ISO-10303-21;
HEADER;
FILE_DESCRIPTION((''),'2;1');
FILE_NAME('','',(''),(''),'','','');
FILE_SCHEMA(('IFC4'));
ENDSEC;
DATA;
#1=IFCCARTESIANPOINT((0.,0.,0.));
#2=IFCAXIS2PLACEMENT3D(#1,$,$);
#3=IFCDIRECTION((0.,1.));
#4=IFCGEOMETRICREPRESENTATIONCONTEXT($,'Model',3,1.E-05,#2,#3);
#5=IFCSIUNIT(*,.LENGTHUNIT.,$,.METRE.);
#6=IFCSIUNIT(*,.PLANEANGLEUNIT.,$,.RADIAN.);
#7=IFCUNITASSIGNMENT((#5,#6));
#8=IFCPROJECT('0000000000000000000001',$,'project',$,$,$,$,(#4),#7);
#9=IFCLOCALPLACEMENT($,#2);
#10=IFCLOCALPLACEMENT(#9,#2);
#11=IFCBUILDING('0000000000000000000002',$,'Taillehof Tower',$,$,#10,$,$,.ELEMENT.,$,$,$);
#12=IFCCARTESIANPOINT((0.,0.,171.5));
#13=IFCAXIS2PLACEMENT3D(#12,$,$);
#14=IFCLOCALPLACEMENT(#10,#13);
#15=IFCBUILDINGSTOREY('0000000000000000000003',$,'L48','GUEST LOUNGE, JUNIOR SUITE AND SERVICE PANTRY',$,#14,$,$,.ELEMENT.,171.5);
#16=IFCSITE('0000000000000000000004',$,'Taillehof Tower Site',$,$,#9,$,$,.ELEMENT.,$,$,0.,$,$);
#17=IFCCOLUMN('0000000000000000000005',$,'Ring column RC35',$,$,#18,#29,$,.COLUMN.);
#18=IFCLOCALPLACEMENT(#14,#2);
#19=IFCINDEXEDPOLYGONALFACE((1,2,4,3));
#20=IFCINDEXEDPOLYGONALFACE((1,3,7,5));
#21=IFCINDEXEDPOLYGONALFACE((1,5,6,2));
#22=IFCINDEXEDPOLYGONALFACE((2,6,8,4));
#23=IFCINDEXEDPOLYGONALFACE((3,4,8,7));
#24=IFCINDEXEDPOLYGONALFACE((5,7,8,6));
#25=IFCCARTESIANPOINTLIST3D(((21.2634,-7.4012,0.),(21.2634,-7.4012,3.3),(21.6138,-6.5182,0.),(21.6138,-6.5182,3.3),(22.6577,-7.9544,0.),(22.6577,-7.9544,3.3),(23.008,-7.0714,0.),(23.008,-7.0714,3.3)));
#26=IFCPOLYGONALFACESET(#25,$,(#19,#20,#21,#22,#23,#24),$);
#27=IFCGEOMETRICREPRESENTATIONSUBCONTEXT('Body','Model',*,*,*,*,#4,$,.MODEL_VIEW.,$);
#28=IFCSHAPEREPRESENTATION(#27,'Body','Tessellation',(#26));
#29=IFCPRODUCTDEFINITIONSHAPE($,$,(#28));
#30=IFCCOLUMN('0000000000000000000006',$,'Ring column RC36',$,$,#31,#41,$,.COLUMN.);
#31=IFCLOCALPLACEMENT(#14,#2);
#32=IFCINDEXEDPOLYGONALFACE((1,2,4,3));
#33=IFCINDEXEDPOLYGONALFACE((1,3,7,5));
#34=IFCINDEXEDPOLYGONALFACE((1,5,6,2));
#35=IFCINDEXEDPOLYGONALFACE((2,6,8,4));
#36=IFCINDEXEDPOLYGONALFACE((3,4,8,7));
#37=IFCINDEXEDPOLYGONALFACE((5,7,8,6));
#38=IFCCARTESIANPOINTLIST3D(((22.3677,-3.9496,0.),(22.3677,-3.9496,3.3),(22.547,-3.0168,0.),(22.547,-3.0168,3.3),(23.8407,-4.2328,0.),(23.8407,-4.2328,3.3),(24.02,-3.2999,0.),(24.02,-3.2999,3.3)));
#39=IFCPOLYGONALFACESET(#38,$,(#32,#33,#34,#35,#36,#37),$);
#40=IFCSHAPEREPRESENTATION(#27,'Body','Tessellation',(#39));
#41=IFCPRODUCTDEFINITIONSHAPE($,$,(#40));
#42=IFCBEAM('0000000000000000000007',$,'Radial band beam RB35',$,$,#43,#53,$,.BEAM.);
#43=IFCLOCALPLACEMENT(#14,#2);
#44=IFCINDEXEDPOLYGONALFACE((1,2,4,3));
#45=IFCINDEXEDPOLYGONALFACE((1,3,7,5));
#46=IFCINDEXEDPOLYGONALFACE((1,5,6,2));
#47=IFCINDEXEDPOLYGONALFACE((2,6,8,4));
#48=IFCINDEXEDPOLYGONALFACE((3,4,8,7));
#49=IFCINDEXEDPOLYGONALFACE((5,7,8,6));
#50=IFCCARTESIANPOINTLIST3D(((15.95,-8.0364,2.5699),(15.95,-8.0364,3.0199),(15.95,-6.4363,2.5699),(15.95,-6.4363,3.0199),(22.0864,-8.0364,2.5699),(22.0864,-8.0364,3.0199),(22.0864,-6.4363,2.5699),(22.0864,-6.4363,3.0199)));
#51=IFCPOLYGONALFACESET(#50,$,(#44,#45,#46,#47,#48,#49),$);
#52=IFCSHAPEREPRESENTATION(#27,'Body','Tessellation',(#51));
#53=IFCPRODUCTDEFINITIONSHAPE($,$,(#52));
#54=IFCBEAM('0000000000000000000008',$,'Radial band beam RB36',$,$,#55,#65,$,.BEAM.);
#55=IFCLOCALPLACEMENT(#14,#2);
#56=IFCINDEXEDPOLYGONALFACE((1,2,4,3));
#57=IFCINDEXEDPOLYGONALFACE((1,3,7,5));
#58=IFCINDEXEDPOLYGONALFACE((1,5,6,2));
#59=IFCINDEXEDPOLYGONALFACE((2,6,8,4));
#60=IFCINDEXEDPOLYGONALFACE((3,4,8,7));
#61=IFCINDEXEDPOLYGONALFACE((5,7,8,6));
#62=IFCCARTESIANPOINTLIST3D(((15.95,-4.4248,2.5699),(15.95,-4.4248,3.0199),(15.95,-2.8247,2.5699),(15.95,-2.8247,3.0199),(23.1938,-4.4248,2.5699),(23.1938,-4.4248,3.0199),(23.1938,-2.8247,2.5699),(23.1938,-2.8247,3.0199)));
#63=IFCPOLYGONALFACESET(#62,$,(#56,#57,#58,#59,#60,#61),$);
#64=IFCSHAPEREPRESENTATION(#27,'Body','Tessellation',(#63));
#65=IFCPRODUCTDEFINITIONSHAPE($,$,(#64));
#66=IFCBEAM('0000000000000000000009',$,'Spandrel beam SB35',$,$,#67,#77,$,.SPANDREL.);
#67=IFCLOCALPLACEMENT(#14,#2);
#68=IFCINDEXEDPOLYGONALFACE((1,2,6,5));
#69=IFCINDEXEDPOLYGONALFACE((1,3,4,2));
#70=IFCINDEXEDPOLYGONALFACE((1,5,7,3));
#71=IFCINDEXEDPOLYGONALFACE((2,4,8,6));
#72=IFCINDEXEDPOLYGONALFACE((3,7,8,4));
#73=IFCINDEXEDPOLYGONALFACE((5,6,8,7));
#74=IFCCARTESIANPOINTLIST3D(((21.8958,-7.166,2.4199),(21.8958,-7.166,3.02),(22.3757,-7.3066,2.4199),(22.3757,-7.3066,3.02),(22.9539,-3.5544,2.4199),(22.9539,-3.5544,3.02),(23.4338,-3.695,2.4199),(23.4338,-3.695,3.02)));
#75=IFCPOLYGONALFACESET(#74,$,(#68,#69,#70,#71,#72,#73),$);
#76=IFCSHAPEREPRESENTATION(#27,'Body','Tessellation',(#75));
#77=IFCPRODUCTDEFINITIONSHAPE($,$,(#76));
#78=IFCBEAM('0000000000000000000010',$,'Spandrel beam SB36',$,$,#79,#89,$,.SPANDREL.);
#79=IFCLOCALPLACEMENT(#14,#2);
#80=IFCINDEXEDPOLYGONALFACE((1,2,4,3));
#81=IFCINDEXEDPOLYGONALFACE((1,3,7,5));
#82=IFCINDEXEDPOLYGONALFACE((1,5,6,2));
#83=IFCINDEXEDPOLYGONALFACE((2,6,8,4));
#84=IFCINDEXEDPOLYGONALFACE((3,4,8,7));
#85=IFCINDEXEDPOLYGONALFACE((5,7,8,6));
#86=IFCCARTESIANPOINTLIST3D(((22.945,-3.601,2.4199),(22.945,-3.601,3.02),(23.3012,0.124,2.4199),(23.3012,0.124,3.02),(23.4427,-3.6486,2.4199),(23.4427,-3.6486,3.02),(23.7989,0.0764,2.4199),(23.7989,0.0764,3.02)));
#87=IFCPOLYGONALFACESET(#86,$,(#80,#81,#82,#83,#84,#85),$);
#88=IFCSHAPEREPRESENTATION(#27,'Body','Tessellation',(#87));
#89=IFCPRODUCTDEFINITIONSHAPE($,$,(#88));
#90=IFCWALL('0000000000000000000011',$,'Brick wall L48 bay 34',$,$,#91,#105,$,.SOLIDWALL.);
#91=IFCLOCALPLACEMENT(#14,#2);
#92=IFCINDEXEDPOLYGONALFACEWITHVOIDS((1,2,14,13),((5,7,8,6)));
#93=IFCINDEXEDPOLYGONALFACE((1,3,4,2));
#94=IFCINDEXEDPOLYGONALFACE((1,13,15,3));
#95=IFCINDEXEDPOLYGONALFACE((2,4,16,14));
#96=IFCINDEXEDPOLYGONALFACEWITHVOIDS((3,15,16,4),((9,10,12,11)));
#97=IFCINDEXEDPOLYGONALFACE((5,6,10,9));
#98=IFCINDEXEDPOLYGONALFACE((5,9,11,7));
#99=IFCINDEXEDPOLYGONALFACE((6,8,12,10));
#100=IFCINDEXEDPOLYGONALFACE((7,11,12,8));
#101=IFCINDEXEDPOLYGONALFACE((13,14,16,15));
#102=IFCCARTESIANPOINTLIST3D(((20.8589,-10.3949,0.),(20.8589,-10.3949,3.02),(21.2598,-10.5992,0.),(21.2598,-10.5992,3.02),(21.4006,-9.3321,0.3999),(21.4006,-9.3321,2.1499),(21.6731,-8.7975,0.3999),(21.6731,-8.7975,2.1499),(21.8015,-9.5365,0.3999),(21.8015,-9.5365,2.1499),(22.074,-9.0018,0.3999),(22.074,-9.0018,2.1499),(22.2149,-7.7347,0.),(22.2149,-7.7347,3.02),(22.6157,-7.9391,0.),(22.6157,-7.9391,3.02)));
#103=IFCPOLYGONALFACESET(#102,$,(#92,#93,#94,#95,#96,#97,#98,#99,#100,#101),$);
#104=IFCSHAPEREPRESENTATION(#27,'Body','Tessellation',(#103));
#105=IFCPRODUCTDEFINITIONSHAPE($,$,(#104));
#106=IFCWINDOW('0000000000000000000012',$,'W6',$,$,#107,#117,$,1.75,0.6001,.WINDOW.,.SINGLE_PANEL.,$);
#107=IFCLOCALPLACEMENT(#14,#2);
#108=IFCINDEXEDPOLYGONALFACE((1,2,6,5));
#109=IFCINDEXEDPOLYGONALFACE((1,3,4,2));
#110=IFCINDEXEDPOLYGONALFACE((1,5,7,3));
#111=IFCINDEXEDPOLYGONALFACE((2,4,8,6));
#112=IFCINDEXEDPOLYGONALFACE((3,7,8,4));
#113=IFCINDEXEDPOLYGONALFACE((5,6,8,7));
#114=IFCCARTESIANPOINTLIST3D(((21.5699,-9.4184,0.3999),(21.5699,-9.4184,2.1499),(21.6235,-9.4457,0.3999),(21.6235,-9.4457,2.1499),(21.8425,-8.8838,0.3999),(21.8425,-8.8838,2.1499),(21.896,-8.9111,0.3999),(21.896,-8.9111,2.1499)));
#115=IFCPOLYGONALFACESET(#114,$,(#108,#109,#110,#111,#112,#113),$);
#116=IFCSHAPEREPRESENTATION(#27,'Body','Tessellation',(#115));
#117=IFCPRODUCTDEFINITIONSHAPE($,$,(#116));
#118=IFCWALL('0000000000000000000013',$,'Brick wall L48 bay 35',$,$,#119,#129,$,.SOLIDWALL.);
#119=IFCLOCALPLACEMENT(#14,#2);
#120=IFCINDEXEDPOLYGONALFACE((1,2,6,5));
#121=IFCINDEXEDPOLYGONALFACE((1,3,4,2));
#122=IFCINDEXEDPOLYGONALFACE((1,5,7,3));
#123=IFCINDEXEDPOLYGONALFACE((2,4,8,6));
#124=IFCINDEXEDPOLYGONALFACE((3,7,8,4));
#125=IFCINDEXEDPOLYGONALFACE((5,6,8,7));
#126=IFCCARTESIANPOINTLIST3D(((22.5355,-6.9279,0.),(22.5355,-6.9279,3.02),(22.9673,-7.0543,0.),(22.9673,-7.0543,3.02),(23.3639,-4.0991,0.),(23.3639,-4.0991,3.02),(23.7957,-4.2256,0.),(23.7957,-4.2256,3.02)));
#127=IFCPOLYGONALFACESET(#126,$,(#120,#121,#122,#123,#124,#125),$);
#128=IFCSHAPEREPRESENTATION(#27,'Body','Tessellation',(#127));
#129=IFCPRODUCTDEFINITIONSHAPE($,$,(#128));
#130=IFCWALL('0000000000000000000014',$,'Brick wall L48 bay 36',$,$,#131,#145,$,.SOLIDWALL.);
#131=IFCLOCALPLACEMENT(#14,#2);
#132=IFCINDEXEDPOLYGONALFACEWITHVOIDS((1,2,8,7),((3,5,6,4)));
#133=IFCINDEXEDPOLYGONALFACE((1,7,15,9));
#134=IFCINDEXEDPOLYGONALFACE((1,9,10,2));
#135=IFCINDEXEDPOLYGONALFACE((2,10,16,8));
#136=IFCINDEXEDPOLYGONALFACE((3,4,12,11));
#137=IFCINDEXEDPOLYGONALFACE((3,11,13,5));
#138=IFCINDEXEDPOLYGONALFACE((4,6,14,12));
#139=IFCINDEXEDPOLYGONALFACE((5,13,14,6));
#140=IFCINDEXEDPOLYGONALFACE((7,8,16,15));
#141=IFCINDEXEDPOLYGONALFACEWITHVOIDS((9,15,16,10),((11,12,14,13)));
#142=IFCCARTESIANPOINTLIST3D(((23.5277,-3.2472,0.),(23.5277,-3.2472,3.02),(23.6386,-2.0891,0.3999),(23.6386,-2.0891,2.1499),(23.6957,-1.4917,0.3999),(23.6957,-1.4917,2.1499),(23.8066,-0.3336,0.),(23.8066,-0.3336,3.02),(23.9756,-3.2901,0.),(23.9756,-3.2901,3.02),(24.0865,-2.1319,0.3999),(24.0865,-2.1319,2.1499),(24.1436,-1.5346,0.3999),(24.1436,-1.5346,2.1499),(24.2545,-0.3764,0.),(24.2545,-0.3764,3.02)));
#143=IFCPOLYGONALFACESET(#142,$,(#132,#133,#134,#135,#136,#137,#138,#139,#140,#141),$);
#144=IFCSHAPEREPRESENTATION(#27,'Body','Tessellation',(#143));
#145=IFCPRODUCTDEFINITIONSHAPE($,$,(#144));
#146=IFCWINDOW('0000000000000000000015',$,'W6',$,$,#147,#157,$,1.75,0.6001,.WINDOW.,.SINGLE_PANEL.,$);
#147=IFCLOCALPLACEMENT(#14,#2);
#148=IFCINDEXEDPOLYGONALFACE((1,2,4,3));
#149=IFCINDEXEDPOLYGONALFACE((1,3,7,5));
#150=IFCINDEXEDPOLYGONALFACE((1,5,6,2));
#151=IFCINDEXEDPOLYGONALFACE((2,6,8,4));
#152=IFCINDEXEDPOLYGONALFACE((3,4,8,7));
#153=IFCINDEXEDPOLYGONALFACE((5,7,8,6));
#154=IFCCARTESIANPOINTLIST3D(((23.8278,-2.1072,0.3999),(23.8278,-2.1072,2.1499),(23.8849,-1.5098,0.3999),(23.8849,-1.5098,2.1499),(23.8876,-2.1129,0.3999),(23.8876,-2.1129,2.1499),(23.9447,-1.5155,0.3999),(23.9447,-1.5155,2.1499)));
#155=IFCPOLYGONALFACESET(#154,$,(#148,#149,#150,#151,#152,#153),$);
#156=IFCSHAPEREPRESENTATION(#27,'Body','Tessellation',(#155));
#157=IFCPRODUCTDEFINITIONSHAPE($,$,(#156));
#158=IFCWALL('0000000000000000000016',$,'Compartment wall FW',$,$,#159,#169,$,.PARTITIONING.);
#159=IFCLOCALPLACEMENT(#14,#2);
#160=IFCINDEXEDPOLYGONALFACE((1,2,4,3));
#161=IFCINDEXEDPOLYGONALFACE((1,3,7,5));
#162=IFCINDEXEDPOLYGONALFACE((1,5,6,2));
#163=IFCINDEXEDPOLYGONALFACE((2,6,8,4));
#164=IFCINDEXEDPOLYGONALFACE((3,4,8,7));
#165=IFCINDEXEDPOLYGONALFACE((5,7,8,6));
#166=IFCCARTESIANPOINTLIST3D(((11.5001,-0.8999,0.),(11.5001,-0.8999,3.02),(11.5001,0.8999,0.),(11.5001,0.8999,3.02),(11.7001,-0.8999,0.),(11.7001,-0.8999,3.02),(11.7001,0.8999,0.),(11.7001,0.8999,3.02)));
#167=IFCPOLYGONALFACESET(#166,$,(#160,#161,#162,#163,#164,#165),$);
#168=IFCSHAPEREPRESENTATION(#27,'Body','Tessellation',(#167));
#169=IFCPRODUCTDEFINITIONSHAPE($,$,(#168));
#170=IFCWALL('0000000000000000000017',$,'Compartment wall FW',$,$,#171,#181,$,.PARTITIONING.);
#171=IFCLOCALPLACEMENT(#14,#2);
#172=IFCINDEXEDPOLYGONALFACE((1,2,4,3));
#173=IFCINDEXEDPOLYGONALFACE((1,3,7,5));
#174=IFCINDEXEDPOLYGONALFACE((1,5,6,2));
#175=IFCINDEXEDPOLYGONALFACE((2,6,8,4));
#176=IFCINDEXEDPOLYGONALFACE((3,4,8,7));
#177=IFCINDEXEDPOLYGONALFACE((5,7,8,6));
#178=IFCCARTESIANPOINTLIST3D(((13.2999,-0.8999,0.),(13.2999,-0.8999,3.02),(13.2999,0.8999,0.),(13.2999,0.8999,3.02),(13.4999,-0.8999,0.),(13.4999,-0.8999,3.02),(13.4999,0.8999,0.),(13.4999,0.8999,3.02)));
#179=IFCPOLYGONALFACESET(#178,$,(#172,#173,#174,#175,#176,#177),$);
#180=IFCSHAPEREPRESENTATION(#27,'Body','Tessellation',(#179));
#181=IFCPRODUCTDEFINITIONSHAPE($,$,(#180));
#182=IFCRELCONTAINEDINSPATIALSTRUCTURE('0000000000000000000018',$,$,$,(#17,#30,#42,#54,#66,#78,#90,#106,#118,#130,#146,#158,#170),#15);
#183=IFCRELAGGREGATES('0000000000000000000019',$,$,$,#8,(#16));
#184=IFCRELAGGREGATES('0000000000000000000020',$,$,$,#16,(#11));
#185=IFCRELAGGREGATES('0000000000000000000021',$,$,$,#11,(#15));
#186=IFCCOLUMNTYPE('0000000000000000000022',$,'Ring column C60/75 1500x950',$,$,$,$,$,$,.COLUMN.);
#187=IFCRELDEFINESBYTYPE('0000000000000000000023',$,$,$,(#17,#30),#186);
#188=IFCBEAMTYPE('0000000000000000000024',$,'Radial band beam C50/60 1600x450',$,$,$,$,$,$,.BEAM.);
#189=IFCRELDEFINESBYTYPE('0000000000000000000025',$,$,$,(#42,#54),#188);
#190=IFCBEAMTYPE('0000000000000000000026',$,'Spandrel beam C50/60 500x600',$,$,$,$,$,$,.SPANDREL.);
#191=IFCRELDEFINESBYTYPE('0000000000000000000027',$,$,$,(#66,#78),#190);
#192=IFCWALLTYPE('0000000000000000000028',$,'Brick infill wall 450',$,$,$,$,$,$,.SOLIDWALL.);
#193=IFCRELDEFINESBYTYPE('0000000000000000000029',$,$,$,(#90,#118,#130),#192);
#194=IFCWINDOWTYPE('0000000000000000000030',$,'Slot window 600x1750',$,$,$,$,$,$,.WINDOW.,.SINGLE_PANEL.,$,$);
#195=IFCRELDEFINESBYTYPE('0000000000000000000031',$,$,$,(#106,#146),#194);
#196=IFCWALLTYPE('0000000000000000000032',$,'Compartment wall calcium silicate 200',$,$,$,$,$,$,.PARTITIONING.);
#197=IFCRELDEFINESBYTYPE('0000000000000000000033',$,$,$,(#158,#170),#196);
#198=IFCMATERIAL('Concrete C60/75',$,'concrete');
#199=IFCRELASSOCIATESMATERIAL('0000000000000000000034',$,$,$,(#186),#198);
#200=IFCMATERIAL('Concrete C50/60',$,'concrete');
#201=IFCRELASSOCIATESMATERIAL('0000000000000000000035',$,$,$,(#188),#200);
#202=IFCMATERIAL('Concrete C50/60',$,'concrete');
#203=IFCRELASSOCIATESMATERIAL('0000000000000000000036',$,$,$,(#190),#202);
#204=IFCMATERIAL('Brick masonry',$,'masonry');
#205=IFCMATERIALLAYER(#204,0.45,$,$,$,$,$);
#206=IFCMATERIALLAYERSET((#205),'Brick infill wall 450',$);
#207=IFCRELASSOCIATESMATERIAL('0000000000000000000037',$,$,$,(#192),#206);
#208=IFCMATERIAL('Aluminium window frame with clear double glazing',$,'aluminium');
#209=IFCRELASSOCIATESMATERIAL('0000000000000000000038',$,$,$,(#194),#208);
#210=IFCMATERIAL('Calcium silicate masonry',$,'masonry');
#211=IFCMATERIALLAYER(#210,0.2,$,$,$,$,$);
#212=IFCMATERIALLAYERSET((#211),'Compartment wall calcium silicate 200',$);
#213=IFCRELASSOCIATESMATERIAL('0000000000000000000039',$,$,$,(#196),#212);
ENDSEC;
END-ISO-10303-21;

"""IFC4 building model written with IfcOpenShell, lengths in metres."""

from ifc_helpers import new_model, si_unit, direction, frame, frame_2d, origin, origin_2d, place, context, subcontext, project, spatial, rectangle, extrude, material, layer, layer_set, material_profile, profile_set, type_object, element, fill, save


model = new_model("IFC4")

# Units and contexts
model_context = context("Model", 3, precision=1e-05, world=origin(), true_north=direction((0.0, 1.0)))
body_context = subcontext(model_context, "Body", "Model", "MODEL_VIEW")
ifc_project = project(units=[si_unit("LENGTHUNIT", "METRE"), si_unit("PLANEANGLEUNIT", "RADIAN")], contexts=[model_context])

# Site, building, storey
site_placement = place(None, origin())
site = spatial("IfcSite", under=ifc_project, at=site_placement, Name="Taillehof Tower Site", CompositionType="ELEMENT", RefElevation=0.0)
building_placement = place(site_placement, origin())
building = spatial("IfcBuilding", under=site, at=building_placement, Name="Taillehof Tower", CompositionType="ELEMENT")
storey_placement = place(building_placement, frame((0.0, 0.0, 171.5)))
storey = spatial("IfcBuildingStorey", under=building, at=storey_placement, Name="L48", Description="GUEST LOUNGE, JUNIOR SUITE AND SERVICE PANTRY", CompositionType="ELEMENT", Elevation=171.5)

# Columns
ifc_material_1 = material(Name="Concrete C60/75", Category="concrete")
ifc_material_profile_1 = material_profile(ifc_material_1, rectangle(XDim=1.5, YDim=0.95, at=origin_2d()), Name="RC 1500x950")
ifc_profile_set_1 = profile_set([ifc_material_profile_1], Name="Concrete C60/75")
column_type = type_object("IfcColumnType", Name="Ring column C60/75 1500x950", PredefinedType="COLUMN", material=ifc_profile_set_1)
for number, where, z_axis, x_axis, name in (
    (1, (22.1357, -7.2363, 0.0), (0.0, 0.0, 1.0), (0.929511, -0.368793, 0.0), "Ring column RC35"),
    (2, (23.1938, -3.6248, 0.0), (0.0, 0.0, 1.0), (0.982024, -0.188757, 0.0), "Ring column RC36"),
):
    element("IfcColumn", number, at=place(storey_placement, frame(where, z_axis=z_axis, x_axis=x_axis)), inside=storey, type_object=column_type, Name=name, PredefinedType="COLUMN", context=body_context, shape_type="SweptSolid", body=[
        extrude(rectangle(XDim=1.5, YDim=0.95, at=origin_2d()), origin(), (0.0, 0.0, 1.0), 3.3),
    ])

# Beams
ifc_material_2 = material(Name="Concrete C50/60", Category="concrete")
ifc_material_profile_2 = material_profile(ifc_material_2, rectangle(XDim=1.6001, YDim=0.45, at=origin_2d()), Name="RC 1600x450")
ifc_profile_set_2 = profile_set([ifc_material_profile_2], Name="Concrete C50/60")
beam_type_1 = type_object("IfcBeamType", Name="Radial band beam C50/60 1600x450", PredefinedType="BEAM", material=ifc_profile_set_2)
beam_1_placement = place(storey_placement, frame((22.0864, -7.2363, 2.7949), z_axis=(-1.0, 0.0, 0.0), x_axis=(0.0, -1.0, 0.0)))
element("IfcBeam", 3, at=beam_1_placement, inside=storey, type_object=beam_type_1, Name="Radial band beam RB35", PredefinedType="BEAM", context=body_context, shape_type="SweptSolid", body=[
    extrude(rectangle(XDim=1.6001, YDim=0.45, at=origin_2d()), origin(), (0.0, 0.0, 1.0), 6.1365),
])
beam_2_placement = place(storey_placement, frame((23.1938, -3.6248, 2.7949), z_axis=(-1.0, 0.0, 0.0), x_axis=(0.0, -1.0, 0.0)))
element("IfcBeam", 4, at=beam_2_placement, inside=storey, type_object=beam_type_1, Name="Radial band beam RB36", PredefinedType="BEAM", context=body_context, shape_type="SweptSolid", body=[
    extrude(rectangle(XDim=1.6001, YDim=0.45, at=origin_2d()), origin(), (0.0, 0.0, 1.0), 7.2439),
])
ifc_material_3 = material(Name="Concrete C50/60", Category="concrete")
ifc_material_profile_3 = material_profile(ifc_material_3, rectangle(XDim=0.5, YDim=0.6001, at=origin_2d()), Name="RC 500x600")
ifc_profile_set_3 = profile_set([ifc_material_profile_3], Name="Concrete C50/60")
beam_type_2 = type_object("IfcBeamType", Name="Spandrel beam C50/60 500x600", PredefinedType="SPANDREL", material=ifc_profile_set_3)
beam_3_placement = place(storey_placement, frame((22.1357, -7.2363, 2.72), z_axis=(0.281158, 0.959661, 0.0), x_axis=(-0.959661, 0.281158, 0.0)))
element("IfcBeam", 5, at=beam_3_placement, inside=storey, type_object=beam_type_2, Name="Spandrel beam SB35", PredefinedType="SPANDREL", context=body_context, shape_type="SweptSolid", body=[
    extrude(rectangle(XDim=0.5, YDim=0.6001, at=origin_2d()), origin(), (0.0, 0.0, 1.0), 3.7634),
])
beam_4_placement = place(storey_placement, frame((23.1938, -3.6248, 2.72), z_axis=(0.095194, 0.995459, 0.0), x_axis=(-0.995459, 0.095194, 0.0)))
element("IfcBeam", 6, at=beam_4_placement, inside=storey, type_object=beam_type_2, Name="Spandrel beam SB36", PredefinedType="SPANDREL", context=body_context, shape_type="SweptSolid", body=[
    extrude(rectangle(XDim=0.5, YDim=0.6001, at=origin_2d()), origin(), (0.0, 0.0, 1.0), 3.7419),
])

# Wall, opening, window
ifc_material_4 = material(Name="Brick masonry", Category="masonry")
ifc_layer_1 = layer(ifc_material_4, 0.45)
ifc_layer_set_1 = layer_set([ifc_layer_1], Name="Brick infill wall 450")
wall_type_1 = type_object("IfcWallType", Name="Brick infill wall 450", PredefinedType="SOLIDWALL", material=ifc_layer_set_1)
wall_1_placement = place(storey_placement, frame((21.0593, -10.4971, 0.0), z_axis=(0.0, 0.0, 1.0), x_axis=(0.454134, 0.890933, 0.0)))
wall_1 = element("IfcWall", 7, at=wall_1_placement, inside=storey, type_object=wall_type_1, Name="Brick wall L48 bay 34", PredefinedType="SOLIDWALL", context=body_context, shape_type="SweptSolid", body=[
    extrude(rectangle(XDim=2.9858, YDim=0.45, at=frame_2d((1.4929, 0.0))), origin(), (0.0, 0.0, 1.0), 3.02),
])
opening_1_placement = place(wall_1_placement, frame((1.1929, 0.0, 0.3999)))
opening_1 = element("IfcOpeningElement", 8, at=opening_1_placement, cuts=wall_1, PredefinedType="OPENING", context=body_context, shape_type="SweptSolid", body=[
    extrude(rectangle(XDim=0.6001, YDim=1.75, at=frame_2d((0.3, 0.875))), frame((0.0, 0.2349, 0.0), z_axis=(0.0, -1.0, 0.0), x_axis=(1.0, 0.0, 0.0)), (0.0, 0.0, 1.0), 0.47),
])
ifc_material_5 = material(Name="Aluminium window frame with clear double glazing", Category="aluminium")
window_type = type_object("IfcWindowType", Name="Slot window 600x1750", PartitioningType="SINGLE_PANEL", PredefinedType="WINDOW", material=ifc_material_5)
window_1_placement = place(opening_1_placement, origin())
window_1 = element("IfcWindow", 9, at=window_1_placement, inside=storey, type_object=window_type, Name="W6", OverallHeight=1.75, OverallWidth=0.6001, PartitioningType="SINGLE_PANEL", PredefinedType="WINDOW", context=body_context, shape_type="SweptSolid", body=[
    extrude(rectangle(XDim=0.6001, YDim=1.75, at=frame_2d((0.3, 0.875))), frame((0.0, 0.0349, 0.0), z_axis=(0.0, -1.0, 0.0), x_axis=(1.0, 0.0, 0.0)), (0.0, 0.0, 1.0), 0.0601),
])
fill(opening_1, window_1)

# Wall
wall_2_placement = place(storey_placement, frame((22.7515, -6.991, 0.0), z_axis=(0.0, 0.0, 1.0), x_axis=(0.281049, 0.959693, 0.0)))
element("IfcWall", 10, at=wall_2_placement, inside=storey, type_object=wall_type_1, Name="Brick wall L48 bay 35", PredefinedType="SOLIDWALL", context=body_context, shape_type="SweptSolid", body=[
    extrude(rectangle(XDim=2.9475, YDim=0.45, at=frame_2d((1.4736, 0.0))), origin(), (0.0, 0.0, 1.0), 3.02),
])

# Wall, opening, window
wall_3_placement = place(storey_placement, frame((23.7517, -3.2686, 0.0), z_axis=(0.0, 0.0, 1.0), x_axis=(0.095258, 0.995453, 0.0)))
wall_3 = element("IfcWall", 11, at=wall_3_placement, inside=storey, type_object=wall_type_1, Name="Brick wall L48 bay 36", PredefinedType="SOLIDWALL", context=body_context, shape_type="SweptSolid", body=[
    extrude(rectangle(XDim=2.927, YDim=0.45, at=frame_2d((1.4634, 0.0))), origin(), (0.0, 0.0, 1.0), 3.02),
])
opening_2_placement = place(wall_3_placement, frame((1.1633, 0.0, 0.3999)))
opening_2 = element("IfcOpeningElement", 12, at=opening_2_placement, cuts=wall_3, PredefinedType="OPENING", context=body_context, shape_type="SweptSolid", body=[
    extrude(rectangle(XDim=0.6001, YDim=1.75, at=frame_2d((0.3, 0.875))), frame((0.0, 0.2349, 0.0), z_axis=(0.0, -1.0, 0.0), x_axis=(1.0, 0.0, 0.0)), (0.0, 0.0, 1.0), 0.47),
])
window_2_placement = place(opening_2_placement, origin())
window_2 = element("IfcWindow", 13, at=window_2_placement, inside=storey, type_object=window_type, Name="W6", OverallHeight=1.75, OverallWidth=0.6001, PartitioningType="SINGLE_PANEL", PredefinedType="WINDOW", context=body_context, shape_type="SweptSolid", body=[
    extrude(rectangle(XDim=0.6001, YDim=1.75, at=frame_2d((0.3, 0.875))), frame((0.0, 0.0349, 0.0), z_axis=(0.0, -1.0, 0.0), x_axis=(1.0, 0.0, 0.0)), (0.0, 0.0, 1.0), 0.0601),
])
fill(opening_2, window_2)

# Walls
ifc_material_6 = material(Name="Calcium silicate masonry", Category="masonry")
ifc_layer_2 = layer(ifc_material_6, 0.2)
ifc_layer_set_2 = layer_set([ifc_layer_2], Name="Compartment wall calcium silicate 200")
wall_type_2 = type_object("IfcWallType", Name="Compartment wall calcium silicate 200", PredefinedType="PARTITIONING", material=ifc_layer_set_2)
for number, where, z_axis, x_axis, name in (
    (14, (11.6001, -0.8999, 0.0), (0.0, 0.0, 1.0), (0.0, 1.0, 0.0), "Compartment wall FW"),
    (15, (13.3999, -0.8999, 0.0), (0.0, 0.0, 1.0), (0.0, 1.0, 0.0), "Compartment wall FW"),
):
    element("IfcWall", number, at=place(storey_placement, frame(where, z_axis=z_axis, x_axis=x_axis)), inside=storey, type_object=wall_type_2, Name=name, PredefinedType="PARTITIONING", context=body_context, shape_type="SweptSolid", body=[
        extrude(rectangle(XDim=1.7998, YDim=0.2, at=frame_2d((0.8999, 0.0))), origin(), (0.0, 0.0, 1.0), 3.02),
    ])

save(model, "model.ifc")
